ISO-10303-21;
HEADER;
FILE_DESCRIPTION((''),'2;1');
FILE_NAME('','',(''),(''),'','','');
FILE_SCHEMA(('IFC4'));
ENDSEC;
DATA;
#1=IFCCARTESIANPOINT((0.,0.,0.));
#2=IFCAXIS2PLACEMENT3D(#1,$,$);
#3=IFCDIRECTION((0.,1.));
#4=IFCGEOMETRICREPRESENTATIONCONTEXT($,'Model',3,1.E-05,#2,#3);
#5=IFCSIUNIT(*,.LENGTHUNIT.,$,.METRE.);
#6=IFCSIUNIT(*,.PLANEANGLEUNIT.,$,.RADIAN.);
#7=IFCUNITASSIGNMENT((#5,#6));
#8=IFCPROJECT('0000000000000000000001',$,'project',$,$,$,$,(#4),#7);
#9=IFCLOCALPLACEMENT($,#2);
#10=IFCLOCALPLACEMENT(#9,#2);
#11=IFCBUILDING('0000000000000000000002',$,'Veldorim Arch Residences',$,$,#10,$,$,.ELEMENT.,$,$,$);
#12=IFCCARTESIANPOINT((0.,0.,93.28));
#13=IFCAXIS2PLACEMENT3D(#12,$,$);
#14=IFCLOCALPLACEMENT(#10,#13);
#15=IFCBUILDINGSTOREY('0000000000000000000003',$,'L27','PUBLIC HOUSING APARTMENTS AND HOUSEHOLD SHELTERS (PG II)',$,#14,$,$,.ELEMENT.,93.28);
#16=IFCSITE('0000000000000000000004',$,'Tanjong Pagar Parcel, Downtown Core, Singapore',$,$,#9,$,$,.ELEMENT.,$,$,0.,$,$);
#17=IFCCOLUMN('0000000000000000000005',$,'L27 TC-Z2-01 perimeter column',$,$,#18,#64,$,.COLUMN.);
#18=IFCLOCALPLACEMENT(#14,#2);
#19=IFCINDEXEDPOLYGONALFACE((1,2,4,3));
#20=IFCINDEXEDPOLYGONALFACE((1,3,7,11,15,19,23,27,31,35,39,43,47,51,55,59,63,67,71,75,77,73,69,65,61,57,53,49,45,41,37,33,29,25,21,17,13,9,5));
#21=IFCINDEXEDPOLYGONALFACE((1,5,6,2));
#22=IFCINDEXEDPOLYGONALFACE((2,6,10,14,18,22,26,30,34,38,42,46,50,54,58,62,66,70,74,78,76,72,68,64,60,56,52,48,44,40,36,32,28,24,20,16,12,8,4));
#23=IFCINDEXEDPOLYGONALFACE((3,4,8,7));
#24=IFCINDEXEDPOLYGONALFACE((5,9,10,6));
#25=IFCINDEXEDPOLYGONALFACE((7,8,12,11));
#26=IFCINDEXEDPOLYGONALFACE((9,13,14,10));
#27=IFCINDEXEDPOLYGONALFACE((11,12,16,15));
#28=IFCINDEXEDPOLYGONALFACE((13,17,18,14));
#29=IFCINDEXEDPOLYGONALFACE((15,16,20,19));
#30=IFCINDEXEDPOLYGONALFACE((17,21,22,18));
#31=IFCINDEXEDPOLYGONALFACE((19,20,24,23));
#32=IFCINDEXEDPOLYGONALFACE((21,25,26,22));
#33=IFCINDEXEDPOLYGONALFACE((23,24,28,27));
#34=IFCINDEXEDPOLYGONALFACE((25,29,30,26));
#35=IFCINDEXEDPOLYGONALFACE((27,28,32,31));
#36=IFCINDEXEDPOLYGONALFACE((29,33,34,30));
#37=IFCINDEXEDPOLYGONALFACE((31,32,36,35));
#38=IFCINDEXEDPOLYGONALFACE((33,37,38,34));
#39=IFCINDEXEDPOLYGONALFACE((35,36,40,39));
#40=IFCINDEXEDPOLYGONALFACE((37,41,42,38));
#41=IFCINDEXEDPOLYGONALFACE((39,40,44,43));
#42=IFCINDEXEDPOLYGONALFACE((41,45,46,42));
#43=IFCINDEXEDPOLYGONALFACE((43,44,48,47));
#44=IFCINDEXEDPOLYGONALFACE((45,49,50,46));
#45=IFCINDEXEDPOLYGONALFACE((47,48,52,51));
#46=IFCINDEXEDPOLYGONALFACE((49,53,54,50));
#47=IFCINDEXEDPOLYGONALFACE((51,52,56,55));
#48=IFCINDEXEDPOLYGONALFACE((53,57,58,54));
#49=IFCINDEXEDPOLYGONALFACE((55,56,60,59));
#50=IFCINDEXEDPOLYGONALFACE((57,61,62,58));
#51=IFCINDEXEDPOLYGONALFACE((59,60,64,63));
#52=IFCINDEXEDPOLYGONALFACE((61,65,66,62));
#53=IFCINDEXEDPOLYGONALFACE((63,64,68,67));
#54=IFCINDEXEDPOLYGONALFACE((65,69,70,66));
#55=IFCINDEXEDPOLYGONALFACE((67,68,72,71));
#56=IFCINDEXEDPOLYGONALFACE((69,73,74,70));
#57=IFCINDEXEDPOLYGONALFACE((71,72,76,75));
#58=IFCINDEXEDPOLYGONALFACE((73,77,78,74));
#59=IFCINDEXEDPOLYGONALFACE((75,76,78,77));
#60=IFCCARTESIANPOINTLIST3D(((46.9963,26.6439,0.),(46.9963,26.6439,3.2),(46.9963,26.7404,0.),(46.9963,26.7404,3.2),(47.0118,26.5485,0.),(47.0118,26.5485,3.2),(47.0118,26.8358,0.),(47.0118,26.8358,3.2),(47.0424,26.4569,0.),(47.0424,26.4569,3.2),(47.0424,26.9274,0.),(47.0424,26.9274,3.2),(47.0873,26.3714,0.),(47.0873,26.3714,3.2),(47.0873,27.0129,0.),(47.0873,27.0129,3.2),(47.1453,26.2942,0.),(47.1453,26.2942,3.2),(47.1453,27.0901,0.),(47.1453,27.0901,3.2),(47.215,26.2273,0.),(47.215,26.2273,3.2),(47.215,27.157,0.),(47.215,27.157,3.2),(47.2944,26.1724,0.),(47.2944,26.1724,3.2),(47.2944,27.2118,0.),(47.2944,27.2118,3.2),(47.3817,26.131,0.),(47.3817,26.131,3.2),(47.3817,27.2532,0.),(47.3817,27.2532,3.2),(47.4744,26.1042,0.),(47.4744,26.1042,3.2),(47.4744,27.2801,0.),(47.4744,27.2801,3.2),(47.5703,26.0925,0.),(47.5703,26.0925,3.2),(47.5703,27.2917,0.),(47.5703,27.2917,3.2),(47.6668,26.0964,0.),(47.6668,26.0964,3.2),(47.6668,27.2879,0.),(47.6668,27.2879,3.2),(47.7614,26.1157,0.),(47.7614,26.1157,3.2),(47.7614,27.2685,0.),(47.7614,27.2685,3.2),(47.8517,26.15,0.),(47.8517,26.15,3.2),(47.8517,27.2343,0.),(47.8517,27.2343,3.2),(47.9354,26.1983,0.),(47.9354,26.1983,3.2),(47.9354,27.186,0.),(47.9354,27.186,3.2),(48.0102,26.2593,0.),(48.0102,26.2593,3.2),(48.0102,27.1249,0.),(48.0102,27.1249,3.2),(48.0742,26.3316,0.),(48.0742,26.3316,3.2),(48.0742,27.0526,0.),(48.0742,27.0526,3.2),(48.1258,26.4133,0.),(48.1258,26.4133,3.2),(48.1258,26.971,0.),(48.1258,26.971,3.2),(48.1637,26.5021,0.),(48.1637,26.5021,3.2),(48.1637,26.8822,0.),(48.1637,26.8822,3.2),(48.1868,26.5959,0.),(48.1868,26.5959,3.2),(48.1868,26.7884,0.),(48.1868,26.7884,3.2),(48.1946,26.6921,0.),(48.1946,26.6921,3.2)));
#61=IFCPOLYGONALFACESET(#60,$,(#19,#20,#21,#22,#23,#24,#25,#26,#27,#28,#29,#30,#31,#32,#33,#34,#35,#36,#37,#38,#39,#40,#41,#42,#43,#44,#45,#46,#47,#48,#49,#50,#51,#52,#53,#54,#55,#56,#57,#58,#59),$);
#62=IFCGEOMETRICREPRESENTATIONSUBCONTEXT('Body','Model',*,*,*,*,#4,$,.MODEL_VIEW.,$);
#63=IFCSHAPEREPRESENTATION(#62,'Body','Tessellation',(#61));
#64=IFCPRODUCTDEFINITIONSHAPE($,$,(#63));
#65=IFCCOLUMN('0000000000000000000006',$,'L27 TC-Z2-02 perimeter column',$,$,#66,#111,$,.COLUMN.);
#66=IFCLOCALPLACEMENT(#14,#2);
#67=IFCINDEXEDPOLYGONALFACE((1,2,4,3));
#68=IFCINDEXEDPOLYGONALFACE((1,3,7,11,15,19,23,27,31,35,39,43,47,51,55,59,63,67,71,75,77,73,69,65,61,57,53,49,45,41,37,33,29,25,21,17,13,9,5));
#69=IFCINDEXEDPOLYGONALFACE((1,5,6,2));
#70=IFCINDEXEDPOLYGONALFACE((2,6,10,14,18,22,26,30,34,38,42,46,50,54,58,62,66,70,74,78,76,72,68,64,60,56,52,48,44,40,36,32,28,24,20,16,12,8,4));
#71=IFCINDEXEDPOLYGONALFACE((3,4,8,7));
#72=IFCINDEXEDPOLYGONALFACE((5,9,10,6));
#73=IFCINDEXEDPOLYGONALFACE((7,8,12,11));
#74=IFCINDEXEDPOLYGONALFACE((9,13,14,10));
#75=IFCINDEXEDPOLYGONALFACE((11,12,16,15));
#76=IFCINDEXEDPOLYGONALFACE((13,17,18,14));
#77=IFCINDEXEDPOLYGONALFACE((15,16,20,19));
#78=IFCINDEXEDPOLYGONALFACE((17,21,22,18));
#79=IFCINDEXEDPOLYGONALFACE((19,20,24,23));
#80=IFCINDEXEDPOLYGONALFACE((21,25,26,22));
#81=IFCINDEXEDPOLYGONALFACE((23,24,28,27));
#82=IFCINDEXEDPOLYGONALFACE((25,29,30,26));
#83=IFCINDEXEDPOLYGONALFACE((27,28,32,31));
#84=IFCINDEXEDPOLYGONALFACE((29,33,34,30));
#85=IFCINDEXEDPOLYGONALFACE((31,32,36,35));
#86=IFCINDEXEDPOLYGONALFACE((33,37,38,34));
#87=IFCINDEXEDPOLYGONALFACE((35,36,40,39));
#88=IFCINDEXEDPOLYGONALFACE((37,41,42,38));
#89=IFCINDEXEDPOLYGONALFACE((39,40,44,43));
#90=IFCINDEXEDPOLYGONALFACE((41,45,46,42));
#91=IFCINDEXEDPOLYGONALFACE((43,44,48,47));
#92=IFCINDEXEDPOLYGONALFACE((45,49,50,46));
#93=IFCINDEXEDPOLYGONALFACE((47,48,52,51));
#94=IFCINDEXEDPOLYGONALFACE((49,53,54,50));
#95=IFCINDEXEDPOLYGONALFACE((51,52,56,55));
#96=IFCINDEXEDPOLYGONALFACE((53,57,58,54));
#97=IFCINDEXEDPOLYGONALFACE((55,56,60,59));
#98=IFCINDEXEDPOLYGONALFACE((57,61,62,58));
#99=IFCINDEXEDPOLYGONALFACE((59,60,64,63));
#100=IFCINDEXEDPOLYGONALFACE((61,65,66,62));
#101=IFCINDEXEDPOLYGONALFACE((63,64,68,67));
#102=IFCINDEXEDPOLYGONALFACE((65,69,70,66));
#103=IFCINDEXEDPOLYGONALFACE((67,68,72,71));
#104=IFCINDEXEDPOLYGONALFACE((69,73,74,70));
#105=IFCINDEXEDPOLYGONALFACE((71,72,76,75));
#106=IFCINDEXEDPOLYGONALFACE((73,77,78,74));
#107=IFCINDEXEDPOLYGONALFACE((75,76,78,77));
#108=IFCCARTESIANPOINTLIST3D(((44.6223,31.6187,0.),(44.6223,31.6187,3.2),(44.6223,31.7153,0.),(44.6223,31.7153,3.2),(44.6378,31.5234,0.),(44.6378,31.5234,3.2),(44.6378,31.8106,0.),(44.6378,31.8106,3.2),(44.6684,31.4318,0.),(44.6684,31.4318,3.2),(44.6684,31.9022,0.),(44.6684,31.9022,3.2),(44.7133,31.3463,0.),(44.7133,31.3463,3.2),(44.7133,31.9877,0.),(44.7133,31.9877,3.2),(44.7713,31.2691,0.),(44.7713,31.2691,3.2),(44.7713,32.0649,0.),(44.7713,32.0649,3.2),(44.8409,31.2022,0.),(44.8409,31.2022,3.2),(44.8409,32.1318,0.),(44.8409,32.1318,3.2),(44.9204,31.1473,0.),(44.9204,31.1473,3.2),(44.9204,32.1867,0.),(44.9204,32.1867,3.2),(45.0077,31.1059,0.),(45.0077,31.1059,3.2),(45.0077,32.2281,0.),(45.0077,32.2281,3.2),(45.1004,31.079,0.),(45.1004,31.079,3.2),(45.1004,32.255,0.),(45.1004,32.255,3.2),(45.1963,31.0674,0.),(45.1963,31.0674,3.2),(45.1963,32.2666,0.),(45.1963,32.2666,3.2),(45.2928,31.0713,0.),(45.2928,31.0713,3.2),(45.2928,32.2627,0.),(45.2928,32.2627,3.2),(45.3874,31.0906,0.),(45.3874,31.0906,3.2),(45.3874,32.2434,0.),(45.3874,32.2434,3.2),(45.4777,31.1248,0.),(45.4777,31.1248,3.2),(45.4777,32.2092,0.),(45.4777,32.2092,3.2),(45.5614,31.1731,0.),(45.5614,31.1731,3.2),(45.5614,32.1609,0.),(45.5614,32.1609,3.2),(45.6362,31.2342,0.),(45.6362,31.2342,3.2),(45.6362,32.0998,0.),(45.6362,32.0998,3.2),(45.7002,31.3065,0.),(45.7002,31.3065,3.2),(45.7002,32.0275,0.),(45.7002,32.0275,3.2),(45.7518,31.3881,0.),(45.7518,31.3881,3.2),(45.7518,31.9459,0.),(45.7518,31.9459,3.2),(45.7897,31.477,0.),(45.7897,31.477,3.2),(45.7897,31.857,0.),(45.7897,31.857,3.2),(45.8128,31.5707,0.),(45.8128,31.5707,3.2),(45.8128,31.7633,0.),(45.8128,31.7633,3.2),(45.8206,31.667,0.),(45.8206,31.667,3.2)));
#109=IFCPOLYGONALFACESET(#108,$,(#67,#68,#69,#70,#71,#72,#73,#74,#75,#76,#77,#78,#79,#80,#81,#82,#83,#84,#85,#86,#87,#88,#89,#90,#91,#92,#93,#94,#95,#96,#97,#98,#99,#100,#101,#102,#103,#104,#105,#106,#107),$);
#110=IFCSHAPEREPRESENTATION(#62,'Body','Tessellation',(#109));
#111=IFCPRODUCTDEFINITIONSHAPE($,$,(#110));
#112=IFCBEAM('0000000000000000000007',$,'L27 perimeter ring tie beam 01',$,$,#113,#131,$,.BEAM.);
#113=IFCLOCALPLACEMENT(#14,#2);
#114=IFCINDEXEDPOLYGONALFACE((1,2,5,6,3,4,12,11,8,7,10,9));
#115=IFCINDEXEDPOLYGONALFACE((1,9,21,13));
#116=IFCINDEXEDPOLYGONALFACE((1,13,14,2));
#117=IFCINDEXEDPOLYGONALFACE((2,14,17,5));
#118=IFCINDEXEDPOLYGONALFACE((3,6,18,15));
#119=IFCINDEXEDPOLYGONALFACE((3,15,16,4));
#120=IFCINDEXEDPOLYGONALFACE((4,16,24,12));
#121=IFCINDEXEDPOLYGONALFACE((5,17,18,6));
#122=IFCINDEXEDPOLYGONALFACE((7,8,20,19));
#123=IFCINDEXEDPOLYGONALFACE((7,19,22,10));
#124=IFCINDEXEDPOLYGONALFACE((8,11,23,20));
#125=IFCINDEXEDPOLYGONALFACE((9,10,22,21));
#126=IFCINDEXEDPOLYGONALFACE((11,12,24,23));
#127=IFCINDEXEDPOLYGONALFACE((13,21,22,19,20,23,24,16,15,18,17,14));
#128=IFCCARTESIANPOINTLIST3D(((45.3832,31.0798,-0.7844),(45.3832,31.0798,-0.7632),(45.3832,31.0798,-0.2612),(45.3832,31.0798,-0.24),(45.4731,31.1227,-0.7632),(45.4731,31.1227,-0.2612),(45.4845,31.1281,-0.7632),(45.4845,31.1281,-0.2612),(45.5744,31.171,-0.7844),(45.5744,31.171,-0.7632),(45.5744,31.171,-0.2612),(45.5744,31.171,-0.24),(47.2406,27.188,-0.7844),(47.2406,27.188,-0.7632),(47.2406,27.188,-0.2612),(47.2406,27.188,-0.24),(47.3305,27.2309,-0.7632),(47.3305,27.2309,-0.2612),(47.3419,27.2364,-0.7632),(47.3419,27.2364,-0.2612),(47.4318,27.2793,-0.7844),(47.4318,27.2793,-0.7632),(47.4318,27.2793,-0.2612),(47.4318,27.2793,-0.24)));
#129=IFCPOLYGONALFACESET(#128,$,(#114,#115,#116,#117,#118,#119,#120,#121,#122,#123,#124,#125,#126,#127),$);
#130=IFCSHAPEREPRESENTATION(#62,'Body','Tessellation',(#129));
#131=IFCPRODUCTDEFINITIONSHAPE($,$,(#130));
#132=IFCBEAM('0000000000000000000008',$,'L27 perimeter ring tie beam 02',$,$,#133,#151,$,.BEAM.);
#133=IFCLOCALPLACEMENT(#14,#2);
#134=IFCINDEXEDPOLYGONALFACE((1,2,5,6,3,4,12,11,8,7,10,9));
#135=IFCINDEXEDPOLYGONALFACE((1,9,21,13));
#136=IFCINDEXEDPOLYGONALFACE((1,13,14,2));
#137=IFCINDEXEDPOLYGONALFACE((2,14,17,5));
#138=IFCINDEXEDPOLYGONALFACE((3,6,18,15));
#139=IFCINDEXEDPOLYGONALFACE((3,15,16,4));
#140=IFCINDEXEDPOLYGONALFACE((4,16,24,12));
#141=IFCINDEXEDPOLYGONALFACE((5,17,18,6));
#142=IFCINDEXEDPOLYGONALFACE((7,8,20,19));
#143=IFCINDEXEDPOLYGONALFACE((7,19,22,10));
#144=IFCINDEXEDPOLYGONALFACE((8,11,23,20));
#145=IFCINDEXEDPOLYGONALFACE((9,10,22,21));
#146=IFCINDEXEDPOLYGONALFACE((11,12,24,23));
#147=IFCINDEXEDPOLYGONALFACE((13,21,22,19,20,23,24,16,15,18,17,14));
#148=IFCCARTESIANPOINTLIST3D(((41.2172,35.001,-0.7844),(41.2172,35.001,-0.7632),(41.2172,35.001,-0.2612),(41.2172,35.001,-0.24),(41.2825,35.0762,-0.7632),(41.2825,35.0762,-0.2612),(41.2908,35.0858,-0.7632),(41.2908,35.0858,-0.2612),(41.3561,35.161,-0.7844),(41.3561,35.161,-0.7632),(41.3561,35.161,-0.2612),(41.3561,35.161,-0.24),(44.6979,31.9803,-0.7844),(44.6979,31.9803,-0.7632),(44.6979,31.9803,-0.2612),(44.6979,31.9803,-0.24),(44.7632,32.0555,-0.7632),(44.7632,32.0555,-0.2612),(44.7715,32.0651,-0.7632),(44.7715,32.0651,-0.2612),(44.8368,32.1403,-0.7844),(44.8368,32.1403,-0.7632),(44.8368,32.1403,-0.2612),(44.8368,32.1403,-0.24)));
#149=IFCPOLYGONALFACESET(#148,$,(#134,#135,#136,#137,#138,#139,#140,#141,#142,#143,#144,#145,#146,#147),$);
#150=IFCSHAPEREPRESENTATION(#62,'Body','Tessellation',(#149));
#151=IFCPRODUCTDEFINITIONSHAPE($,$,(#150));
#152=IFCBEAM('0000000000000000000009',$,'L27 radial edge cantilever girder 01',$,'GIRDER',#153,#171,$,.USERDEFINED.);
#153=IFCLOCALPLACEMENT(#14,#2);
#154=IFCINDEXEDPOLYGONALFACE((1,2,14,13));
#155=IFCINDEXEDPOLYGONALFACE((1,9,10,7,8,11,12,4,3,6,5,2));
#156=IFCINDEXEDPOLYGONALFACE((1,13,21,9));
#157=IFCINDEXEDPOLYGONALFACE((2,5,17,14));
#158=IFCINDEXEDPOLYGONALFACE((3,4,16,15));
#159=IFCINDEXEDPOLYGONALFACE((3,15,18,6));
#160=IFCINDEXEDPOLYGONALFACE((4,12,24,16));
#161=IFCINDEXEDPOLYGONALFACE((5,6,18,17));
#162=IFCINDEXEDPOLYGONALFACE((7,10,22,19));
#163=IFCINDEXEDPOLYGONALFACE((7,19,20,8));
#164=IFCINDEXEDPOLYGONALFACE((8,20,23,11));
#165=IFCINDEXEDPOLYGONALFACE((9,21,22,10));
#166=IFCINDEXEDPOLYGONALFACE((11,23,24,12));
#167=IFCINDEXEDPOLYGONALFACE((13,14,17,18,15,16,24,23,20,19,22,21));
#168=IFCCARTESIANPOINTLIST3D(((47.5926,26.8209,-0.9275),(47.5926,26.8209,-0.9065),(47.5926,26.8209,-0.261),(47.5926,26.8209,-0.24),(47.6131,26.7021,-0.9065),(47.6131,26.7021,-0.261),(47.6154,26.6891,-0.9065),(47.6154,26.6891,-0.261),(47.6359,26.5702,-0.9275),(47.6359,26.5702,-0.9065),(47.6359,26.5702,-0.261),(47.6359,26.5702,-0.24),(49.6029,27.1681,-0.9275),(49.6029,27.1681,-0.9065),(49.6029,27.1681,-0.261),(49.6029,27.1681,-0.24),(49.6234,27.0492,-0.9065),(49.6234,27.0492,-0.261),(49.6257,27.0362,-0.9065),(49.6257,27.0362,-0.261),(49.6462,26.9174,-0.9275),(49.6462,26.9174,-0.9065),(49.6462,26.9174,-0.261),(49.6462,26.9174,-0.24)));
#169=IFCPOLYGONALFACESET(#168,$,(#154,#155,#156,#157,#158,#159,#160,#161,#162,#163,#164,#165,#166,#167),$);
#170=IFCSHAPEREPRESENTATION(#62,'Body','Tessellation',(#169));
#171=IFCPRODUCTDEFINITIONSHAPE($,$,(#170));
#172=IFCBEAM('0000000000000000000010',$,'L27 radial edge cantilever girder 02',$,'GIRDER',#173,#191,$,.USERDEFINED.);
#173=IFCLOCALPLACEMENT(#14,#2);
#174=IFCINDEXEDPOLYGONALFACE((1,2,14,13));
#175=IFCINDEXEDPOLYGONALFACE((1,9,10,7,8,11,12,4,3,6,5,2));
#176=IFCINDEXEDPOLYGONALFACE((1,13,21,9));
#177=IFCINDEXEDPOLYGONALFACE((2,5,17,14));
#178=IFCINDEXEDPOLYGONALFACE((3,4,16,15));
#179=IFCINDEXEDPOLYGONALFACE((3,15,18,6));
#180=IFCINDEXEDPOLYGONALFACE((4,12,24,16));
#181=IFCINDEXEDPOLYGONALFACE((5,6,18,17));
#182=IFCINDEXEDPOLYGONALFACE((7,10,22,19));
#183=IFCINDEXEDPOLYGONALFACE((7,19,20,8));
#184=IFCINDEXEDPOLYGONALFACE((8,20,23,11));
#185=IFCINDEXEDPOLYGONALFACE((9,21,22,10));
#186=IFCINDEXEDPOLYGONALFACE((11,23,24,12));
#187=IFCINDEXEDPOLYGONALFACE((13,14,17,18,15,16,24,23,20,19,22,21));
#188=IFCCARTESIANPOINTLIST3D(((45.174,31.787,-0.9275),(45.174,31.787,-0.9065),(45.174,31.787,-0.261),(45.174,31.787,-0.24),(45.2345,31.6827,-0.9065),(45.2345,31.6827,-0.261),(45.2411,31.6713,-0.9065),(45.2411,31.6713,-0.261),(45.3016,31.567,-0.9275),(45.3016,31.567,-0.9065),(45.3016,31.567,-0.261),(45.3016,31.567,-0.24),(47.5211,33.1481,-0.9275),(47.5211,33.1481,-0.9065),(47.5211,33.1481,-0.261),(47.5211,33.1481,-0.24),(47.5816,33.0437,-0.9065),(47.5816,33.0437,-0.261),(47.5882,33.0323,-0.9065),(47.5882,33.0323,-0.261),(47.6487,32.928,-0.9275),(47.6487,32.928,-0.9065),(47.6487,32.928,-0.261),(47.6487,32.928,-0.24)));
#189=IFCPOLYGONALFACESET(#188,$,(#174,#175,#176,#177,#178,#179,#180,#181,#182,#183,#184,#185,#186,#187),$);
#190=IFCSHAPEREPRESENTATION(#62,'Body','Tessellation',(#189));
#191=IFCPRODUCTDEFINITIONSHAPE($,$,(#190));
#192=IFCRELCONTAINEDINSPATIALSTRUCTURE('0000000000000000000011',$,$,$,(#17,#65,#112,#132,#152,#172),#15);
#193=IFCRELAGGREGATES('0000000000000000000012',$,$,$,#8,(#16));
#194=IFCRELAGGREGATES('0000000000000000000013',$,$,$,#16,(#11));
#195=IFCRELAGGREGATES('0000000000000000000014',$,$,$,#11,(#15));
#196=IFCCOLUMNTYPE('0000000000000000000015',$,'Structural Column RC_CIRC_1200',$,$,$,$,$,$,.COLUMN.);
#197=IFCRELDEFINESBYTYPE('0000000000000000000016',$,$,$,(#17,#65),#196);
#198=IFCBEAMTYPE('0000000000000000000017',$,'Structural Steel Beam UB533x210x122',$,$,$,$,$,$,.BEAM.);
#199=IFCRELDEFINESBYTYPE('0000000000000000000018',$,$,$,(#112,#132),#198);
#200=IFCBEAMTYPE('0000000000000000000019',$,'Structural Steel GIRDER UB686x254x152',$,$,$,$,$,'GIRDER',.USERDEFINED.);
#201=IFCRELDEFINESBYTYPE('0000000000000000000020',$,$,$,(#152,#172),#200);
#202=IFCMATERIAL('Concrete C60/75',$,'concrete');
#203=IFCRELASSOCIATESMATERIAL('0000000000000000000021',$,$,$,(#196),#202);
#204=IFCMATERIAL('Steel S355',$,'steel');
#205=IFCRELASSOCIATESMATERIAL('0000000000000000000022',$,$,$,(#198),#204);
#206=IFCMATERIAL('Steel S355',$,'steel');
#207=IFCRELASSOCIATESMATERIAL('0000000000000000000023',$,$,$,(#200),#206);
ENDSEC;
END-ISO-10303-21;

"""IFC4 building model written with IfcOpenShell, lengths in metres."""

from ifc_helpers import new_model, si_unit, direction, frame, origin, origin_2d, place, context, subcontext, project, spatial, circle, i_section, extrude, material, material_profile, profile_set, type_object, element, save


model = new_model("IFC4")

# Units and contexts
model_context = context("Model", 3, precision=1e-05, world=origin(), true_north=direction((0.0, 1.0)))
body_context = subcontext(model_context, "Body", "Model", "MODEL_VIEW")
ifc_project = project(units=[si_unit("LENGTHUNIT", "METRE"), si_unit("PLANEANGLEUNIT", "RADIAN")], contexts=[model_context])

# Site, building, storey
site_placement = place(None, origin())
site = spatial("IfcSite", under=ifc_project, at=site_placement, Name="Tanjong Pagar Parcel, Downtown Core, Singapore", CompositionType="ELEMENT", RefElevation=0.0)
building_placement = place(site_placement, origin())
building = spatial("IfcBuilding", under=site, at=building_placement, Name="Veldorim Arch Residences", CompositionType="ELEMENT")
storey_placement = place(building_placement, frame((0.0, 0.0, 93.28)))
storey = spatial("IfcBuildingStorey", under=building, at=storey_placement, Name="L27", Description="PUBLIC HOUSING APARTMENTS AND HOUSEHOLD SHELTERS (PG II)", CompositionType="ELEMENT", Elevation=93.28)

# Columns
ifc_material_1 = material(Name="Concrete C60/75", Category="concrete")
ifc_material_profile_1 = material_profile(ifc_material_1, circle(Radius=0.6001, at=origin_2d()), Name="RC_CIRC_1200")
ifc_profile_set_1 = profile_set([ifc_material_profile_1], Name="Concrete C60/75")
column_type = type_object("IfcColumnType", Name="Structural Column RC_CIRC_1200", PredefinedType="COLUMN", material=ifc_profile_set_1)
for number, where, z_axis, x_axis, name in (
    (1, (47.5945, 26.6921, 0.0), (0.0, 0.0, 1.0), (1.0, 0.0, 0.0), "L27 TC-Z2-01 perimeter column"),
    (2, (45.2205, 31.667, 0.0), (0.0, 0.0, 1.0), (1.0, 0.0, 0.0), "L27 TC-Z2-02 perimeter column"),
):
    element("IfcColumn", number, at=place(storey_placement, frame(where, z_axis=z_axis, x_axis=x_axis)), inside=storey, type_object=column_type, Name=name, PredefinedType="COLUMN", context=body_context, shape_type="SweptSolid", body=[
        extrude(circle(Radius=0.6001, at=origin_2d()), origin(), (0.0, 0.0, 1.0), 3.2),
    ])

# Beams
ifc_material_2 = material(Name="Steel S355", Category="steel")
ifc_material_profile_2 = material_profile(ifc_material_2, i_section(OverallWidth=0.2119, OverallDepth=0.5444, WebThickness=0.0127, FlangeThickness=0.0212, at=origin_2d()), Name="UB533x210x122")
ifc_profile_set_2 = profile_set([ifc_material_profile_2], Name="Steel S355")
beam_type_1 = type_object("IfcBeamType", Name="Structural Steel Beam UB533x210x122", PredefinedType="BEAM", material=ifc_profile_set_2)
beam_1_placement = place(storey_placement, frame((47.3362, 27.2336, -0.5122), z_axis=(-0.43072, 0.902486, 0.0), x_axis=(-0.902486, -0.43072, 0.0)))
element("IfcBeam", 3, at=beam_1_placement, inside=storey, type_object=beam_type_1, Name="L27 perimeter ring tie beam 01", PredefinedType="BEAM", context=body_context, shape_type="SweptSolid", body=[
    extrude(i_section(OverallWidth=0.2119, OverallDepth=0.5444, WebThickness=0.0127, FlangeThickness=0.0212, at=origin_2d()), origin(), (0.0, 0.0, 1.0), 4.3123),
])
beam_2_placement = place(storey_placement, frame((44.7673, 32.0603, -0.5122), z_axis=(-0.755245, 0.655443, 0.0), x_axis=(-0.655443, -0.755245, 0.0)))
element("IfcBeam", 4, at=beam_2_placement, inside=storey, type_object=beam_type_1, Name="L27 perimeter ring tie beam 02", PredefinedType="BEAM", context=body_context, shape_type="SweptSolid", body=[
    extrude(i_section(OverallWidth=0.2119, OverallDepth=0.5444, WebThickness=0.0127, FlangeThickness=0.0212, at=origin_2d()), origin(), (0.0, 0.0, 1.0), 4.6086),
])
ifc_material_3 = material(Name="Steel S355", Category="steel")
ifc_material_profile_3 = material_profile(ifc_material_3, i_section(OverallWidth=0.2544, OverallDepth=0.6875, WebThickness=0.0132, FlangeThickness=0.021, at=origin_2d()), Name="UB686x254x152")
ifc_profile_set_3 = profile_set([ifc_material_profile_3], Name="Steel S355")
beam_type_2 = type_object("IfcBeamType", Name="Structural Steel GIRDER UB686x254x152", ElementType="GIRDER", PredefinedType="USERDEFINED", material=ifc_profile_set_3)
beam_3_placement = place(storey_placement, frame((47.6143, 26.6956, -0.5837), z_axis=(0.985413, 0.170179, 0.0), x_axis=(-0.170179, 0.985413, 0.0)))
element("IfcBeam", 5, at=beam_3_placement, inside=storey, type_object=beam_type_2, Name="L27 radial edge cantilever girder 01", ObjectType="GIRDER", PredefinedType="USERDEFINED", context=body_context, shape_type="SweptSolid", body=[
    extrude(i_section(OverallWidth=0.2544, OverallDepth=0.6875, WebThickness=0.0132, FlangeThickness=0.021, at=origin_2d()), origin(), (0.0, 0.0, 1.0), 2.04),
])
beam_4_placement = place(storey_placement, frame((45.2378, 31.677, -0.5837), z_axis=(0.865075, 0.501643, 0.0), x_axis=(-0.501643, 0.865075, 0.0)))
element("IfcBeam", 6, at=beam_4_placement, inside=storey, type_object=beam_type_2, Name="L27 radial edge cantilever girder 02", ObjectType="GIRDER", PredefinedType="USERDEFINED", context=body_context, shape_type="SweptSolid", body=[
    extrude(i_section(OverallWidth=0.2544, OverallDepth=0.6875, WebThickness=0.0132, FlangeThickness=0.021, at=origin_2d()), origin(), (0.0, 0.0, 1.0), 2.7131),
])

save(model, "model.ifc")
